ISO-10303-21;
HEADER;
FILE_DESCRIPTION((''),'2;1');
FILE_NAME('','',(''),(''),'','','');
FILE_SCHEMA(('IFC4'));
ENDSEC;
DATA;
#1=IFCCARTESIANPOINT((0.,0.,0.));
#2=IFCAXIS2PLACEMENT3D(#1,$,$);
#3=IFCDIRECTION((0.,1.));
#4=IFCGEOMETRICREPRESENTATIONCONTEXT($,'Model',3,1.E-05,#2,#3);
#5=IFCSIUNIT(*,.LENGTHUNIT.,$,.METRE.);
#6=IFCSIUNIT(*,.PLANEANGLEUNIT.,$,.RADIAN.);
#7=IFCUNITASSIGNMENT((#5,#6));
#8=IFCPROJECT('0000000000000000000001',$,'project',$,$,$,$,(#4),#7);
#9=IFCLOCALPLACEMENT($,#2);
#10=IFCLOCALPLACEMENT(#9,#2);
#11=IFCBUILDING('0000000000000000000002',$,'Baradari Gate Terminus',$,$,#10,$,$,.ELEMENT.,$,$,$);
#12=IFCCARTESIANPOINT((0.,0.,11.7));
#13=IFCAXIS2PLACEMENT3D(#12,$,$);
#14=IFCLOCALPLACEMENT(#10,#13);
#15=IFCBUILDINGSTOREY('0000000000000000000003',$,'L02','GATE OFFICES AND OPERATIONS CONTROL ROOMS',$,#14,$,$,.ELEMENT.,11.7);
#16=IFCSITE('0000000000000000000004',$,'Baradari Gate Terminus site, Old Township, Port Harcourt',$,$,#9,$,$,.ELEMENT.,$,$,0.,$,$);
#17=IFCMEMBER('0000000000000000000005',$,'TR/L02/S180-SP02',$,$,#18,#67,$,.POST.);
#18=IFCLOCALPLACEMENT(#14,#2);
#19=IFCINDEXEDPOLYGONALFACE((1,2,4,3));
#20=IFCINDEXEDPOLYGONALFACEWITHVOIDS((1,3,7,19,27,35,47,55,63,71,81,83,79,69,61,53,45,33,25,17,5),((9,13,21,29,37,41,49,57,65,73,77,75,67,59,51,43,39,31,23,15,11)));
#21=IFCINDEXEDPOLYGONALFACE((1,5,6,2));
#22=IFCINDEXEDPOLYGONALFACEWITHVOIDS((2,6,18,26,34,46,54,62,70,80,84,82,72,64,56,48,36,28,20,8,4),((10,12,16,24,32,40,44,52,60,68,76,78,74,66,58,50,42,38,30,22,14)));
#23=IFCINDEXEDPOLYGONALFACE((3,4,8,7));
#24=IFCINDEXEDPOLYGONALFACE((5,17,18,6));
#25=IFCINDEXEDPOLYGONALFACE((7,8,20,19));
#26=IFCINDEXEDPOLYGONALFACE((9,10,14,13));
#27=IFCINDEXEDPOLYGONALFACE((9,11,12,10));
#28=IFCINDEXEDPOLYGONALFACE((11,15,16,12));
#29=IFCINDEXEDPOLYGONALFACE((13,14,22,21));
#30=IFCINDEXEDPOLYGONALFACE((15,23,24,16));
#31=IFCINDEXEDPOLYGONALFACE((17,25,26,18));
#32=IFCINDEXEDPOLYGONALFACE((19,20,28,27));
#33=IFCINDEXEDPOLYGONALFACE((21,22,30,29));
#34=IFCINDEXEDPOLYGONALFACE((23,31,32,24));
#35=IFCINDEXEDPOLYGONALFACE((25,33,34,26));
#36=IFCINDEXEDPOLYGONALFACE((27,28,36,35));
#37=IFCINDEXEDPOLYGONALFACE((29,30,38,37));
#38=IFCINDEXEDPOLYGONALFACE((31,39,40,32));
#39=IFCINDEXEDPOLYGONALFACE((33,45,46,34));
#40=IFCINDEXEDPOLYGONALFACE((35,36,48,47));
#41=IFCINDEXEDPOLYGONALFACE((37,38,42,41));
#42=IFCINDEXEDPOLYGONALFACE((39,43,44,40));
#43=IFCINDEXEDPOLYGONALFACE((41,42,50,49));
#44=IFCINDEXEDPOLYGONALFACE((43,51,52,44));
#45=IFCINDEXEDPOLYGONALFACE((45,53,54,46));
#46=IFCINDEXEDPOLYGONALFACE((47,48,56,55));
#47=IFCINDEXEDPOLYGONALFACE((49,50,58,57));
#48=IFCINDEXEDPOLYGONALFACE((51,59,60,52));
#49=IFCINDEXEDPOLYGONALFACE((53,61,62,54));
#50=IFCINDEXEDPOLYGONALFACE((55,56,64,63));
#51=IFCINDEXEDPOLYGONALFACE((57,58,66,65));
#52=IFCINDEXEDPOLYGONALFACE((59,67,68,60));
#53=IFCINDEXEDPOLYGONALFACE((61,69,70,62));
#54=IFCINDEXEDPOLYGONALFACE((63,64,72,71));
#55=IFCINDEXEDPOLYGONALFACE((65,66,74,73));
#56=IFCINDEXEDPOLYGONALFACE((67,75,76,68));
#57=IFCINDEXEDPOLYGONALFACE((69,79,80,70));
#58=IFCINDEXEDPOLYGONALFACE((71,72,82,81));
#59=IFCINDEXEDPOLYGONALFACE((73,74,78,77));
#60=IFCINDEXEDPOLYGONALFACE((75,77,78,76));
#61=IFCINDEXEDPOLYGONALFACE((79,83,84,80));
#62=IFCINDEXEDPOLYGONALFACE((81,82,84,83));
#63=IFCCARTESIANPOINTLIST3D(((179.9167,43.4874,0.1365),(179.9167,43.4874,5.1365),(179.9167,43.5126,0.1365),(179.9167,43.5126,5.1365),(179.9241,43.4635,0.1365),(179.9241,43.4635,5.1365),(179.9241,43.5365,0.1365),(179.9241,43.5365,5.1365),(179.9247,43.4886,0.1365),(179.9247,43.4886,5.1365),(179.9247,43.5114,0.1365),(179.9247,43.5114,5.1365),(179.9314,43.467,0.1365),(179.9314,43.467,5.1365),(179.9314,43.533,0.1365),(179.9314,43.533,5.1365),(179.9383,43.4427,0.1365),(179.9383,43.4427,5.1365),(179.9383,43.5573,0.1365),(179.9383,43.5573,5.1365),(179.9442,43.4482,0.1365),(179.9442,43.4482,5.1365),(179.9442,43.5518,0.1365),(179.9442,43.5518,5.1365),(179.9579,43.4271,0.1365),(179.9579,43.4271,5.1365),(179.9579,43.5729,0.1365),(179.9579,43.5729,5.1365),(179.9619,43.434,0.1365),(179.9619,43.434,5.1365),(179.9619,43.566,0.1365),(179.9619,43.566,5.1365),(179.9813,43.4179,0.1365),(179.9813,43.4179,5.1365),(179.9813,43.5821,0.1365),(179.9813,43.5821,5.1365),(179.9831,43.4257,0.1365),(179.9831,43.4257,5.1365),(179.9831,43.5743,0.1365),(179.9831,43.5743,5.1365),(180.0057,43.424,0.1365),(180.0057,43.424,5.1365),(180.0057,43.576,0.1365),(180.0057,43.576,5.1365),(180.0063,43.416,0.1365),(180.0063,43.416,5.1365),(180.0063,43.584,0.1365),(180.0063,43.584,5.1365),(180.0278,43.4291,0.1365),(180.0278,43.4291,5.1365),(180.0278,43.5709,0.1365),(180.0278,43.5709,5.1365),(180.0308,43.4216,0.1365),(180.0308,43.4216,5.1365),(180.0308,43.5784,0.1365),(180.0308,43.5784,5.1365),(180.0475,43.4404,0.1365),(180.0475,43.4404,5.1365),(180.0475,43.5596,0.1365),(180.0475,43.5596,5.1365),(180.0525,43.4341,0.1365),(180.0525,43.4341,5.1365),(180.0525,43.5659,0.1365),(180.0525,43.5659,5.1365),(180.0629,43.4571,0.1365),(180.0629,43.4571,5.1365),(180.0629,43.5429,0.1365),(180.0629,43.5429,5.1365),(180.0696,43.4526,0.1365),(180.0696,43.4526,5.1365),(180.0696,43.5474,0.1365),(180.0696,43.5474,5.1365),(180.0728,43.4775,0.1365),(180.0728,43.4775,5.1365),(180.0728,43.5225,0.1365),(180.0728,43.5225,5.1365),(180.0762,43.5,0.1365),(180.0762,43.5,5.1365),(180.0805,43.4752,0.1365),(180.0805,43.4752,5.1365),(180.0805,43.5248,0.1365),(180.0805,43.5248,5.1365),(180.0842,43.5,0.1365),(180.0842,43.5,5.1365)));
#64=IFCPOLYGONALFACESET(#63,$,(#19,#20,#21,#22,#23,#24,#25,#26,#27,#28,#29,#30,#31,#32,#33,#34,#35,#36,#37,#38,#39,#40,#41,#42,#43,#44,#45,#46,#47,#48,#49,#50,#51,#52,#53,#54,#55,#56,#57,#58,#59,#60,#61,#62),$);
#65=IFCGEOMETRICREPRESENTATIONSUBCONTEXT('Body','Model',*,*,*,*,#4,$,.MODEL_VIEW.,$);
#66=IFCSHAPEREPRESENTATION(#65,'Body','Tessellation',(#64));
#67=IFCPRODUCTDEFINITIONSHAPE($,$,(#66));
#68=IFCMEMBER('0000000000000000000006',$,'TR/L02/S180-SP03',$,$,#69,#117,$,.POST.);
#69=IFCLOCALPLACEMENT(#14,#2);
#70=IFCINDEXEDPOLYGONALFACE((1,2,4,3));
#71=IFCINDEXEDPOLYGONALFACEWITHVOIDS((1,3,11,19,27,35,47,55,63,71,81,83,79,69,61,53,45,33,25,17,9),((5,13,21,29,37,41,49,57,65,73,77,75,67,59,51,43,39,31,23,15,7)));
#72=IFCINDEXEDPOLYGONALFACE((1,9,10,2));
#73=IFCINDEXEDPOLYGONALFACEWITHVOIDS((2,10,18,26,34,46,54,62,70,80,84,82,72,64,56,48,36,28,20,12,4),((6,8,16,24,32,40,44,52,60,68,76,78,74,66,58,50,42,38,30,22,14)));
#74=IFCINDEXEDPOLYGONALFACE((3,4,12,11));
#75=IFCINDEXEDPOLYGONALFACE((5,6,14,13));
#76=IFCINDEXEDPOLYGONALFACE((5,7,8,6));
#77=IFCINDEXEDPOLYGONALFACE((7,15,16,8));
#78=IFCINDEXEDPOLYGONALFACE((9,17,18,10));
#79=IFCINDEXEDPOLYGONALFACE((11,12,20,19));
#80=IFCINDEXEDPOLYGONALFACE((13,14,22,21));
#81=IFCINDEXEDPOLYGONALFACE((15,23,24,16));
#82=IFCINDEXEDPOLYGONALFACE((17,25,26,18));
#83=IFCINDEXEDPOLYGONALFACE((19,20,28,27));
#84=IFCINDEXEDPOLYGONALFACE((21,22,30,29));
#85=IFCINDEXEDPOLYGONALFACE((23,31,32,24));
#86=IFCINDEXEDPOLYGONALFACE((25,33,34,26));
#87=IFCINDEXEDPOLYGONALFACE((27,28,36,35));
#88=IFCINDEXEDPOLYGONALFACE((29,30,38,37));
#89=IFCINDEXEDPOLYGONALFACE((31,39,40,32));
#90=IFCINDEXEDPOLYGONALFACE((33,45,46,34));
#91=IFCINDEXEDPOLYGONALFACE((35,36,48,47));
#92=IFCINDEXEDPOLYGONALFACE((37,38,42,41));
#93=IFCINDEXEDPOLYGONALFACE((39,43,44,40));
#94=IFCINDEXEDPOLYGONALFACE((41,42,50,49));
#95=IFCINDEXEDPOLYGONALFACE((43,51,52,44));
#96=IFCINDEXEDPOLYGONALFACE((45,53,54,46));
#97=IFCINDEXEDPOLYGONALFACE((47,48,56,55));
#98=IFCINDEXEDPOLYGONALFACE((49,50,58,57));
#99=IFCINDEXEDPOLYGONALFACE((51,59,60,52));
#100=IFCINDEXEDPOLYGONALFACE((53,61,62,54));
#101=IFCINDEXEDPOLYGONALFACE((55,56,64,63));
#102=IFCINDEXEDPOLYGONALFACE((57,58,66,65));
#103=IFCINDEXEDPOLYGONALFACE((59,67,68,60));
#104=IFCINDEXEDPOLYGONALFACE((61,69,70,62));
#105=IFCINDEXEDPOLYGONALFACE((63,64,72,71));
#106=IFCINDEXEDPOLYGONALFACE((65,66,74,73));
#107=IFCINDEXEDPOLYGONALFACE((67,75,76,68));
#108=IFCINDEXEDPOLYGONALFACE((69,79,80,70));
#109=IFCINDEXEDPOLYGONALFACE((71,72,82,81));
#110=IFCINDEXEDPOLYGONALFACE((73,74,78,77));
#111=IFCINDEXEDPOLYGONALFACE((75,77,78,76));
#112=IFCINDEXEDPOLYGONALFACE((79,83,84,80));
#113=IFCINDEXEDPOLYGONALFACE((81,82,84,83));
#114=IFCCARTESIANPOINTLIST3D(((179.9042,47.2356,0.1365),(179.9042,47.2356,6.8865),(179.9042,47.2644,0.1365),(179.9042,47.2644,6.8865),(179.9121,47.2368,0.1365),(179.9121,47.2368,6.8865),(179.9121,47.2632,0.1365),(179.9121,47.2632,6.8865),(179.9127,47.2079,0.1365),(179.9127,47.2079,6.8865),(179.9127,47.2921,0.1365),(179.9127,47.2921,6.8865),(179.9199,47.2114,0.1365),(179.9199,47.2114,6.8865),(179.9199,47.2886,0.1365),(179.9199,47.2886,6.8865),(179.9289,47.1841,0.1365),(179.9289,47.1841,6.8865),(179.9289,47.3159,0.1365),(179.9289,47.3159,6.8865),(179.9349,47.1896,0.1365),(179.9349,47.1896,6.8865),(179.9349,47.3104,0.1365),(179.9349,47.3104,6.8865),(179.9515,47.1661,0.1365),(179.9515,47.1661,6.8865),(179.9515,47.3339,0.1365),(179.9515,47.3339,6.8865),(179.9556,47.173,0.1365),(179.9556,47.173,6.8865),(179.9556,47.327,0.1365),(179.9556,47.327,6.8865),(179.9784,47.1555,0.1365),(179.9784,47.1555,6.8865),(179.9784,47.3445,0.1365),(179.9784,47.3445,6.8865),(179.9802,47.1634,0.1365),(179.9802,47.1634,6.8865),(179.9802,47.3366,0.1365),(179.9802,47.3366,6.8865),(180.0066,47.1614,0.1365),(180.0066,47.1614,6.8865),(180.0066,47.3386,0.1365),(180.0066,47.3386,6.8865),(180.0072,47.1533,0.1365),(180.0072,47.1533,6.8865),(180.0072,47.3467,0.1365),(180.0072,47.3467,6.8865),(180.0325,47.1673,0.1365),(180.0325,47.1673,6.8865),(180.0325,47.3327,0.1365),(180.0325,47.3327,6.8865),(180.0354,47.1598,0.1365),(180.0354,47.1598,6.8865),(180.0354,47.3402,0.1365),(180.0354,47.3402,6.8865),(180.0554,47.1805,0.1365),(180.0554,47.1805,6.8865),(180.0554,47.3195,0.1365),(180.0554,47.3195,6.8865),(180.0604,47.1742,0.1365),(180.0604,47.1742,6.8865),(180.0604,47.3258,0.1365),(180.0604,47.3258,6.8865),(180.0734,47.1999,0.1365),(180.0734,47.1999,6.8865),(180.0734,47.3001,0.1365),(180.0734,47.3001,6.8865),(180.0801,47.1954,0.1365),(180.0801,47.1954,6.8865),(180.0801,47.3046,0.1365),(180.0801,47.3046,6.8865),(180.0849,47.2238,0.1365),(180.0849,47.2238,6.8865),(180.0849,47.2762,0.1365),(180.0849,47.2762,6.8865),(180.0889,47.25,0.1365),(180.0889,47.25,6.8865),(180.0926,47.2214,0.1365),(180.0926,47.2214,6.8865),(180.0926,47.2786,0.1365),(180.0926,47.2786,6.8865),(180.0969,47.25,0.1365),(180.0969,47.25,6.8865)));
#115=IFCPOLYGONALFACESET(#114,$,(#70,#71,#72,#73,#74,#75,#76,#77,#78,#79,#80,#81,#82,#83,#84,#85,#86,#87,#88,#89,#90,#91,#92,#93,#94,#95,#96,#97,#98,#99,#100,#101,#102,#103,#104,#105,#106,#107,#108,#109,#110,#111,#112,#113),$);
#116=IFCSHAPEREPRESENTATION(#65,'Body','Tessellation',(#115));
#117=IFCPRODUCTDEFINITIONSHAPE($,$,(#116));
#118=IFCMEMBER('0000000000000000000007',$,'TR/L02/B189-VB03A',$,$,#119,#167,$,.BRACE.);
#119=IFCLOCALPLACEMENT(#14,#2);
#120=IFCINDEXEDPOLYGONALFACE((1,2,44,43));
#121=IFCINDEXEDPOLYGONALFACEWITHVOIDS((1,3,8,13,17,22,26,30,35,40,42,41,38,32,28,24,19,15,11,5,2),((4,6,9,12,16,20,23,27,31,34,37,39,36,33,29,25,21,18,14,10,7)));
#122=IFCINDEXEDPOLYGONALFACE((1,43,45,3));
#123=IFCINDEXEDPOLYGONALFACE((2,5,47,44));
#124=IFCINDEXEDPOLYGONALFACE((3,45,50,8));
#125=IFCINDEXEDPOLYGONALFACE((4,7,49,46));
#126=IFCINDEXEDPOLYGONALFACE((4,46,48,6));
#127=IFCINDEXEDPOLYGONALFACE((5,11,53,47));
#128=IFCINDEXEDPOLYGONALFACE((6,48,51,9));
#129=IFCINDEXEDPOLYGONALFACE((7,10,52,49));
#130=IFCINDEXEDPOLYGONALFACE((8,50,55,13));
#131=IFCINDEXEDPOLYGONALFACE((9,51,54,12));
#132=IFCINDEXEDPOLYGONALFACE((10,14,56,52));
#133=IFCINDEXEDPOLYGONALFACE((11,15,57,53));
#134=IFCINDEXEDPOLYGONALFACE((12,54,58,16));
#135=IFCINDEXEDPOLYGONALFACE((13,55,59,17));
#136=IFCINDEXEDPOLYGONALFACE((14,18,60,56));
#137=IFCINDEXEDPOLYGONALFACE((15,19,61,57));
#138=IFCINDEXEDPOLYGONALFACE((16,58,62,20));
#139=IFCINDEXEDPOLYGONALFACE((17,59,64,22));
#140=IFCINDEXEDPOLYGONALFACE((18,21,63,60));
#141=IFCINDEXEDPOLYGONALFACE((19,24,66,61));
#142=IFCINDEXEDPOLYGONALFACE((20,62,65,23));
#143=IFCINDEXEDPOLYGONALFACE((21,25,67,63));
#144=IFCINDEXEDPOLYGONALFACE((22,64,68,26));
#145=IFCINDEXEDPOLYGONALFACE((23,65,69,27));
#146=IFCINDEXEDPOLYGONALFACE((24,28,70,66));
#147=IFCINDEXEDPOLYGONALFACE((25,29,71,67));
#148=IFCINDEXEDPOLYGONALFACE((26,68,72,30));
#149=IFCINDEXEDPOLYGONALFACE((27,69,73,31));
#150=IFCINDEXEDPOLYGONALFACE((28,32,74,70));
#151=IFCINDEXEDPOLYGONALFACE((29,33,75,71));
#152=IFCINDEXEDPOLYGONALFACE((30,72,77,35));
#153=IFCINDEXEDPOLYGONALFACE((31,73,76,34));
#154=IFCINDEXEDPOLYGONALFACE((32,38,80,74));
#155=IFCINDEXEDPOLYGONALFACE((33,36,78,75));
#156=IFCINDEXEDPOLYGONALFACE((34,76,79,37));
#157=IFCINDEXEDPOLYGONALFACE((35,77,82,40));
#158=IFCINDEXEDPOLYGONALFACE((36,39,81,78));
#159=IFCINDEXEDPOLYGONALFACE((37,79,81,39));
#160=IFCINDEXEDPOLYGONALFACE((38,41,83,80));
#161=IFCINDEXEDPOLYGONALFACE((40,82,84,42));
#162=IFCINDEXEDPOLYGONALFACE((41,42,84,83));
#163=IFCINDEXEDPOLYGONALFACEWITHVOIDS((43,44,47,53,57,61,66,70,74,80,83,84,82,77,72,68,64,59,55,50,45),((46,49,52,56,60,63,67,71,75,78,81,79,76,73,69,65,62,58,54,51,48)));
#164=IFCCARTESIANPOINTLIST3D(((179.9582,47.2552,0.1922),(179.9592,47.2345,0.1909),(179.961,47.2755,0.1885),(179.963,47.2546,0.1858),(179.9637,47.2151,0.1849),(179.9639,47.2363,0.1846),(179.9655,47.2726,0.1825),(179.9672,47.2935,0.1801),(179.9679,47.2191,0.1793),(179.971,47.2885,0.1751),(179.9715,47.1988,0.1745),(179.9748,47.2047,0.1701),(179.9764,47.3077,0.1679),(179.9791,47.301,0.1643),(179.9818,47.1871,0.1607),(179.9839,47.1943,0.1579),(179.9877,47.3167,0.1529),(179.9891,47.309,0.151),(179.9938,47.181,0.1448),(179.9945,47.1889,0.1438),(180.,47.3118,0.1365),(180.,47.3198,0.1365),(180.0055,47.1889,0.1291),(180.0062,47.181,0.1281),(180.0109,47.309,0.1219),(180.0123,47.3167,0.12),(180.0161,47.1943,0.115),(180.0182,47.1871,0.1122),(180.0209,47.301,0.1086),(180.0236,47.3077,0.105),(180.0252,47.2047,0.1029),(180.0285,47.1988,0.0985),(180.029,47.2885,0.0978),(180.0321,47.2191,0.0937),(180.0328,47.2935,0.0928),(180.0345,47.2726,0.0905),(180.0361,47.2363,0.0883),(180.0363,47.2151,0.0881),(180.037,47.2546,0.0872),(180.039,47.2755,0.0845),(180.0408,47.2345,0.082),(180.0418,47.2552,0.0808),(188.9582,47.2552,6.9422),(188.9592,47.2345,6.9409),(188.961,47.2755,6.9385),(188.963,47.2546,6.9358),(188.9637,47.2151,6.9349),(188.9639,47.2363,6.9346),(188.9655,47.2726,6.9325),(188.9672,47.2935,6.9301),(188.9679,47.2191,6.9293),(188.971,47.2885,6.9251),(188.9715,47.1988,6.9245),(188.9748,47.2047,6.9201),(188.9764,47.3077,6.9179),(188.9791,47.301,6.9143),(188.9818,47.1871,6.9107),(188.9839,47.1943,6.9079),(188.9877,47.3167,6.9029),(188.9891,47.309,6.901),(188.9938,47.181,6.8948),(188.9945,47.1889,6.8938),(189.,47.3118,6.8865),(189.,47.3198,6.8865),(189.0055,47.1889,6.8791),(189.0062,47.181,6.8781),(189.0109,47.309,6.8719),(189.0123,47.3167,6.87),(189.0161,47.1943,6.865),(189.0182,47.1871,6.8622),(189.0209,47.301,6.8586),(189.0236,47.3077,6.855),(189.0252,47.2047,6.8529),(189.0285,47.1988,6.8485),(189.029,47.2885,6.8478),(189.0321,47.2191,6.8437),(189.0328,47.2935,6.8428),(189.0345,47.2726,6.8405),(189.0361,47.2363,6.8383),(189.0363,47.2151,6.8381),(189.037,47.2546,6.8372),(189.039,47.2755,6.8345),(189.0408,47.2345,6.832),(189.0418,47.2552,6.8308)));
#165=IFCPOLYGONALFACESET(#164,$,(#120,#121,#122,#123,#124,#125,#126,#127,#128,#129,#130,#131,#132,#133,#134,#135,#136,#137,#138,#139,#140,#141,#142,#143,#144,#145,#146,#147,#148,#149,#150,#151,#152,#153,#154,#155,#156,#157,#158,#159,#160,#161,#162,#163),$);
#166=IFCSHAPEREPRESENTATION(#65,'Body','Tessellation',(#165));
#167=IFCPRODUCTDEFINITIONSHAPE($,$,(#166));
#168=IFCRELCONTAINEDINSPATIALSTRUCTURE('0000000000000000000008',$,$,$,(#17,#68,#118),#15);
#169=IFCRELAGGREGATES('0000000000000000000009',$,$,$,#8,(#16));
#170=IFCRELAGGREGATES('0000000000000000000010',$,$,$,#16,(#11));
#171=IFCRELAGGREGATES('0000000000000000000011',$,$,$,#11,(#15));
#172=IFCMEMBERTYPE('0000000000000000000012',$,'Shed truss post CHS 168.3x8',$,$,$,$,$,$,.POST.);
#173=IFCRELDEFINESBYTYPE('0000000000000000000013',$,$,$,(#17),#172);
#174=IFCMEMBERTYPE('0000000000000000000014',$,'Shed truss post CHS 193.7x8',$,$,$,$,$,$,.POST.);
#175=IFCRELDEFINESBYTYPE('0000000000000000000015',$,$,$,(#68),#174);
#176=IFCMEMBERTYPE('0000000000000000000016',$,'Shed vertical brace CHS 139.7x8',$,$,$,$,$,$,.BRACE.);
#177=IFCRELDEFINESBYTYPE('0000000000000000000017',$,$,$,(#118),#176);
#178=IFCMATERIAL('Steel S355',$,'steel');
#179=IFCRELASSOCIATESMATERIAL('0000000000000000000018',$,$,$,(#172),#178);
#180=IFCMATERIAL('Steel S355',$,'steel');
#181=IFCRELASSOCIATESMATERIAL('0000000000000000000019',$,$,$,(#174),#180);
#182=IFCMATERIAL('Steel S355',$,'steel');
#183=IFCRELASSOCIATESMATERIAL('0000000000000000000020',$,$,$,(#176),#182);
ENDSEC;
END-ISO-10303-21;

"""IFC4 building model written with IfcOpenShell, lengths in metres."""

from ifc_helpers import new_model, si_unit, direction, frame, origin, origin_2d, place, context, subcontext, project, spatial, hollow_circle, extrude, material, material_profile, profile_set, type_object, element, save


model = new_model("IFC4")

# Units and contexts
model_context = context("Model", 3, precision=1e-05, world=origin(), true_north=direction((0.0, 1.0)))
body_context = subcontext(model_context, "Body", "Model", "MODEL_VIEW")
ifc_project = project(units=[si_unit("LENGTHUNIT", "METRE"), si_unit("PLANEANGLEUNIT", "RADIAN")], contexts=[model_context])

# Site, building, storey
site_placement = place(None, origin())
site = spatial("IfcSite", under=ifc_project, at=site_placement, Name="Baradari Gate Terminus site, Old Township, Port Harcourt", CompositionType="ELEMENT", RefElevation=0.0)
building_placement = place(site_placement, origin())
building = spatial("IfcBuilding", under=site, at=building_placement, Name="Baradari Gate Terminus", CompositionType="ELEMENT")
storey_placement = place(building_placement, frame((0.0, 0.0, 11.7)))
storey = spatial("IfcBuildingStorey", under=building, at=storey_placement, Name="L02", Description="GATE OFFICES AND OPERATIONS CONTROL ROOMS", CompositionType="ELEMENT", Elevation=11.7)

# Members
ifc_material_1 = material(Name="Steel S355", Category="steel")
ifc_material_profile_1 = material_profile(ifc_material_1, hollow_circle(Radius=0.0842, WallThickness=0.0081, at=origin_2d()), Name="CHS 168.3x8")
ifc_profile_set_1 = profile_set([ifc_material_profile_1], Name="Steel S355")
member_type_1 = type_object("IfcMemberType", Name="Shed truss post CHS 168.3x8", PredefinedType="POST", material=ifc_profile_set_1)
member_1_placement = place(storey_placement, frame((180.0, 43.5, 0.1365), z_axis=(0.0, 0.0, 1.0), x_axis=(1.0, 0.0, 0.0)))
element("IfcMember", 1, at=member_1_placement, inside=storey, type_object=member_type_1, Name="TR/L02/S180-SP02", PredefinedType="POST", context=body_context, shape_type="SweptSolid", body=[
    extrude(hollow_circle(Radius=0.0842, WallThickness=0.0081, at=origin_2d()), origin(), (0.0, 0.0, 1.0), 5.0),
])
ifc_material_2 = material(Name="Steel S355", Category="steel")
ifc_material_profile_2 = material_profile(ifc_material_2, hollow_circle(Radius=0.0969, WallThickness=0.0081, at=origin_2d()), Name="CHS 193.7x8")
ifc_profile_set_2 = profile_set([ifc_material_profile_2], Name="Steel S355")
member_type_2 = type_object("IfcMemberType", Name="Shed truss post CHS 193.7x8", PredefinedType="POST", material=ifc_profile_set_2)
member_2_placement = place(storey_placement, frame((180.0, 47.25, 0.1365), z_axis=(0.0, 0.0, 1.0), x_axis=(1.0, 0.0, 0.0)))
element("IfcMember", 2, at=member_2_placement, inside=storey, type_object=member_type_2, Name="TR/L02/S180-SP03", PredefinedType="POST", context=body_context, shape_type="SweptSolid", body=[
    extrude(hollow_circle(Radius=0.0969, WallThickness=0.0081, at=origin_2d()), origin(), (0.0, 0.0, 1.0), 6.75),
])
ifc_material_3 = material(Name="Steel S355", Category="steel")
ifc_material_profile_3 = material_profile(ifc_material_3, hollow_circle(Radius=0.0698, WallThickness=0.0081, at=origin_2d()), Name="CHS 139.7x8")
ifc_profile_set_3 = profile_set([ifc_material_profile_3], Name="Steel S355")
member_type_3 = type_object("IfcMemberType", Name="Shed vertical brace CHS 139.7x8", PredefinedType="BRACE", material=ifc_profile_set_3)
for number, where, z_axis, x_axis, name in (
    (3, (180.0, 47.25, 0.1365), (0.8, 0.0, 0.6), (0.0, 1.0, 0.0), "TR/L02/B189-VB03A"),
):
    element("IfcMember", number, at=place(storey_placement, frame(where, z_axis=z_axis, x_axis=x_axis)), inside=storey, type_object=member_type_3, Name=name, PredefinedType="BRACE", context=body_context, shape_type="SweptSolid", body=[
        extrude(hollow_circle(Radius=0.0698, WallThickness=0.0081, at=origin_2d()), origin(), (0.0, 0.0, 1.0), 11.25),
    ])

save(model, "model.ifc")
